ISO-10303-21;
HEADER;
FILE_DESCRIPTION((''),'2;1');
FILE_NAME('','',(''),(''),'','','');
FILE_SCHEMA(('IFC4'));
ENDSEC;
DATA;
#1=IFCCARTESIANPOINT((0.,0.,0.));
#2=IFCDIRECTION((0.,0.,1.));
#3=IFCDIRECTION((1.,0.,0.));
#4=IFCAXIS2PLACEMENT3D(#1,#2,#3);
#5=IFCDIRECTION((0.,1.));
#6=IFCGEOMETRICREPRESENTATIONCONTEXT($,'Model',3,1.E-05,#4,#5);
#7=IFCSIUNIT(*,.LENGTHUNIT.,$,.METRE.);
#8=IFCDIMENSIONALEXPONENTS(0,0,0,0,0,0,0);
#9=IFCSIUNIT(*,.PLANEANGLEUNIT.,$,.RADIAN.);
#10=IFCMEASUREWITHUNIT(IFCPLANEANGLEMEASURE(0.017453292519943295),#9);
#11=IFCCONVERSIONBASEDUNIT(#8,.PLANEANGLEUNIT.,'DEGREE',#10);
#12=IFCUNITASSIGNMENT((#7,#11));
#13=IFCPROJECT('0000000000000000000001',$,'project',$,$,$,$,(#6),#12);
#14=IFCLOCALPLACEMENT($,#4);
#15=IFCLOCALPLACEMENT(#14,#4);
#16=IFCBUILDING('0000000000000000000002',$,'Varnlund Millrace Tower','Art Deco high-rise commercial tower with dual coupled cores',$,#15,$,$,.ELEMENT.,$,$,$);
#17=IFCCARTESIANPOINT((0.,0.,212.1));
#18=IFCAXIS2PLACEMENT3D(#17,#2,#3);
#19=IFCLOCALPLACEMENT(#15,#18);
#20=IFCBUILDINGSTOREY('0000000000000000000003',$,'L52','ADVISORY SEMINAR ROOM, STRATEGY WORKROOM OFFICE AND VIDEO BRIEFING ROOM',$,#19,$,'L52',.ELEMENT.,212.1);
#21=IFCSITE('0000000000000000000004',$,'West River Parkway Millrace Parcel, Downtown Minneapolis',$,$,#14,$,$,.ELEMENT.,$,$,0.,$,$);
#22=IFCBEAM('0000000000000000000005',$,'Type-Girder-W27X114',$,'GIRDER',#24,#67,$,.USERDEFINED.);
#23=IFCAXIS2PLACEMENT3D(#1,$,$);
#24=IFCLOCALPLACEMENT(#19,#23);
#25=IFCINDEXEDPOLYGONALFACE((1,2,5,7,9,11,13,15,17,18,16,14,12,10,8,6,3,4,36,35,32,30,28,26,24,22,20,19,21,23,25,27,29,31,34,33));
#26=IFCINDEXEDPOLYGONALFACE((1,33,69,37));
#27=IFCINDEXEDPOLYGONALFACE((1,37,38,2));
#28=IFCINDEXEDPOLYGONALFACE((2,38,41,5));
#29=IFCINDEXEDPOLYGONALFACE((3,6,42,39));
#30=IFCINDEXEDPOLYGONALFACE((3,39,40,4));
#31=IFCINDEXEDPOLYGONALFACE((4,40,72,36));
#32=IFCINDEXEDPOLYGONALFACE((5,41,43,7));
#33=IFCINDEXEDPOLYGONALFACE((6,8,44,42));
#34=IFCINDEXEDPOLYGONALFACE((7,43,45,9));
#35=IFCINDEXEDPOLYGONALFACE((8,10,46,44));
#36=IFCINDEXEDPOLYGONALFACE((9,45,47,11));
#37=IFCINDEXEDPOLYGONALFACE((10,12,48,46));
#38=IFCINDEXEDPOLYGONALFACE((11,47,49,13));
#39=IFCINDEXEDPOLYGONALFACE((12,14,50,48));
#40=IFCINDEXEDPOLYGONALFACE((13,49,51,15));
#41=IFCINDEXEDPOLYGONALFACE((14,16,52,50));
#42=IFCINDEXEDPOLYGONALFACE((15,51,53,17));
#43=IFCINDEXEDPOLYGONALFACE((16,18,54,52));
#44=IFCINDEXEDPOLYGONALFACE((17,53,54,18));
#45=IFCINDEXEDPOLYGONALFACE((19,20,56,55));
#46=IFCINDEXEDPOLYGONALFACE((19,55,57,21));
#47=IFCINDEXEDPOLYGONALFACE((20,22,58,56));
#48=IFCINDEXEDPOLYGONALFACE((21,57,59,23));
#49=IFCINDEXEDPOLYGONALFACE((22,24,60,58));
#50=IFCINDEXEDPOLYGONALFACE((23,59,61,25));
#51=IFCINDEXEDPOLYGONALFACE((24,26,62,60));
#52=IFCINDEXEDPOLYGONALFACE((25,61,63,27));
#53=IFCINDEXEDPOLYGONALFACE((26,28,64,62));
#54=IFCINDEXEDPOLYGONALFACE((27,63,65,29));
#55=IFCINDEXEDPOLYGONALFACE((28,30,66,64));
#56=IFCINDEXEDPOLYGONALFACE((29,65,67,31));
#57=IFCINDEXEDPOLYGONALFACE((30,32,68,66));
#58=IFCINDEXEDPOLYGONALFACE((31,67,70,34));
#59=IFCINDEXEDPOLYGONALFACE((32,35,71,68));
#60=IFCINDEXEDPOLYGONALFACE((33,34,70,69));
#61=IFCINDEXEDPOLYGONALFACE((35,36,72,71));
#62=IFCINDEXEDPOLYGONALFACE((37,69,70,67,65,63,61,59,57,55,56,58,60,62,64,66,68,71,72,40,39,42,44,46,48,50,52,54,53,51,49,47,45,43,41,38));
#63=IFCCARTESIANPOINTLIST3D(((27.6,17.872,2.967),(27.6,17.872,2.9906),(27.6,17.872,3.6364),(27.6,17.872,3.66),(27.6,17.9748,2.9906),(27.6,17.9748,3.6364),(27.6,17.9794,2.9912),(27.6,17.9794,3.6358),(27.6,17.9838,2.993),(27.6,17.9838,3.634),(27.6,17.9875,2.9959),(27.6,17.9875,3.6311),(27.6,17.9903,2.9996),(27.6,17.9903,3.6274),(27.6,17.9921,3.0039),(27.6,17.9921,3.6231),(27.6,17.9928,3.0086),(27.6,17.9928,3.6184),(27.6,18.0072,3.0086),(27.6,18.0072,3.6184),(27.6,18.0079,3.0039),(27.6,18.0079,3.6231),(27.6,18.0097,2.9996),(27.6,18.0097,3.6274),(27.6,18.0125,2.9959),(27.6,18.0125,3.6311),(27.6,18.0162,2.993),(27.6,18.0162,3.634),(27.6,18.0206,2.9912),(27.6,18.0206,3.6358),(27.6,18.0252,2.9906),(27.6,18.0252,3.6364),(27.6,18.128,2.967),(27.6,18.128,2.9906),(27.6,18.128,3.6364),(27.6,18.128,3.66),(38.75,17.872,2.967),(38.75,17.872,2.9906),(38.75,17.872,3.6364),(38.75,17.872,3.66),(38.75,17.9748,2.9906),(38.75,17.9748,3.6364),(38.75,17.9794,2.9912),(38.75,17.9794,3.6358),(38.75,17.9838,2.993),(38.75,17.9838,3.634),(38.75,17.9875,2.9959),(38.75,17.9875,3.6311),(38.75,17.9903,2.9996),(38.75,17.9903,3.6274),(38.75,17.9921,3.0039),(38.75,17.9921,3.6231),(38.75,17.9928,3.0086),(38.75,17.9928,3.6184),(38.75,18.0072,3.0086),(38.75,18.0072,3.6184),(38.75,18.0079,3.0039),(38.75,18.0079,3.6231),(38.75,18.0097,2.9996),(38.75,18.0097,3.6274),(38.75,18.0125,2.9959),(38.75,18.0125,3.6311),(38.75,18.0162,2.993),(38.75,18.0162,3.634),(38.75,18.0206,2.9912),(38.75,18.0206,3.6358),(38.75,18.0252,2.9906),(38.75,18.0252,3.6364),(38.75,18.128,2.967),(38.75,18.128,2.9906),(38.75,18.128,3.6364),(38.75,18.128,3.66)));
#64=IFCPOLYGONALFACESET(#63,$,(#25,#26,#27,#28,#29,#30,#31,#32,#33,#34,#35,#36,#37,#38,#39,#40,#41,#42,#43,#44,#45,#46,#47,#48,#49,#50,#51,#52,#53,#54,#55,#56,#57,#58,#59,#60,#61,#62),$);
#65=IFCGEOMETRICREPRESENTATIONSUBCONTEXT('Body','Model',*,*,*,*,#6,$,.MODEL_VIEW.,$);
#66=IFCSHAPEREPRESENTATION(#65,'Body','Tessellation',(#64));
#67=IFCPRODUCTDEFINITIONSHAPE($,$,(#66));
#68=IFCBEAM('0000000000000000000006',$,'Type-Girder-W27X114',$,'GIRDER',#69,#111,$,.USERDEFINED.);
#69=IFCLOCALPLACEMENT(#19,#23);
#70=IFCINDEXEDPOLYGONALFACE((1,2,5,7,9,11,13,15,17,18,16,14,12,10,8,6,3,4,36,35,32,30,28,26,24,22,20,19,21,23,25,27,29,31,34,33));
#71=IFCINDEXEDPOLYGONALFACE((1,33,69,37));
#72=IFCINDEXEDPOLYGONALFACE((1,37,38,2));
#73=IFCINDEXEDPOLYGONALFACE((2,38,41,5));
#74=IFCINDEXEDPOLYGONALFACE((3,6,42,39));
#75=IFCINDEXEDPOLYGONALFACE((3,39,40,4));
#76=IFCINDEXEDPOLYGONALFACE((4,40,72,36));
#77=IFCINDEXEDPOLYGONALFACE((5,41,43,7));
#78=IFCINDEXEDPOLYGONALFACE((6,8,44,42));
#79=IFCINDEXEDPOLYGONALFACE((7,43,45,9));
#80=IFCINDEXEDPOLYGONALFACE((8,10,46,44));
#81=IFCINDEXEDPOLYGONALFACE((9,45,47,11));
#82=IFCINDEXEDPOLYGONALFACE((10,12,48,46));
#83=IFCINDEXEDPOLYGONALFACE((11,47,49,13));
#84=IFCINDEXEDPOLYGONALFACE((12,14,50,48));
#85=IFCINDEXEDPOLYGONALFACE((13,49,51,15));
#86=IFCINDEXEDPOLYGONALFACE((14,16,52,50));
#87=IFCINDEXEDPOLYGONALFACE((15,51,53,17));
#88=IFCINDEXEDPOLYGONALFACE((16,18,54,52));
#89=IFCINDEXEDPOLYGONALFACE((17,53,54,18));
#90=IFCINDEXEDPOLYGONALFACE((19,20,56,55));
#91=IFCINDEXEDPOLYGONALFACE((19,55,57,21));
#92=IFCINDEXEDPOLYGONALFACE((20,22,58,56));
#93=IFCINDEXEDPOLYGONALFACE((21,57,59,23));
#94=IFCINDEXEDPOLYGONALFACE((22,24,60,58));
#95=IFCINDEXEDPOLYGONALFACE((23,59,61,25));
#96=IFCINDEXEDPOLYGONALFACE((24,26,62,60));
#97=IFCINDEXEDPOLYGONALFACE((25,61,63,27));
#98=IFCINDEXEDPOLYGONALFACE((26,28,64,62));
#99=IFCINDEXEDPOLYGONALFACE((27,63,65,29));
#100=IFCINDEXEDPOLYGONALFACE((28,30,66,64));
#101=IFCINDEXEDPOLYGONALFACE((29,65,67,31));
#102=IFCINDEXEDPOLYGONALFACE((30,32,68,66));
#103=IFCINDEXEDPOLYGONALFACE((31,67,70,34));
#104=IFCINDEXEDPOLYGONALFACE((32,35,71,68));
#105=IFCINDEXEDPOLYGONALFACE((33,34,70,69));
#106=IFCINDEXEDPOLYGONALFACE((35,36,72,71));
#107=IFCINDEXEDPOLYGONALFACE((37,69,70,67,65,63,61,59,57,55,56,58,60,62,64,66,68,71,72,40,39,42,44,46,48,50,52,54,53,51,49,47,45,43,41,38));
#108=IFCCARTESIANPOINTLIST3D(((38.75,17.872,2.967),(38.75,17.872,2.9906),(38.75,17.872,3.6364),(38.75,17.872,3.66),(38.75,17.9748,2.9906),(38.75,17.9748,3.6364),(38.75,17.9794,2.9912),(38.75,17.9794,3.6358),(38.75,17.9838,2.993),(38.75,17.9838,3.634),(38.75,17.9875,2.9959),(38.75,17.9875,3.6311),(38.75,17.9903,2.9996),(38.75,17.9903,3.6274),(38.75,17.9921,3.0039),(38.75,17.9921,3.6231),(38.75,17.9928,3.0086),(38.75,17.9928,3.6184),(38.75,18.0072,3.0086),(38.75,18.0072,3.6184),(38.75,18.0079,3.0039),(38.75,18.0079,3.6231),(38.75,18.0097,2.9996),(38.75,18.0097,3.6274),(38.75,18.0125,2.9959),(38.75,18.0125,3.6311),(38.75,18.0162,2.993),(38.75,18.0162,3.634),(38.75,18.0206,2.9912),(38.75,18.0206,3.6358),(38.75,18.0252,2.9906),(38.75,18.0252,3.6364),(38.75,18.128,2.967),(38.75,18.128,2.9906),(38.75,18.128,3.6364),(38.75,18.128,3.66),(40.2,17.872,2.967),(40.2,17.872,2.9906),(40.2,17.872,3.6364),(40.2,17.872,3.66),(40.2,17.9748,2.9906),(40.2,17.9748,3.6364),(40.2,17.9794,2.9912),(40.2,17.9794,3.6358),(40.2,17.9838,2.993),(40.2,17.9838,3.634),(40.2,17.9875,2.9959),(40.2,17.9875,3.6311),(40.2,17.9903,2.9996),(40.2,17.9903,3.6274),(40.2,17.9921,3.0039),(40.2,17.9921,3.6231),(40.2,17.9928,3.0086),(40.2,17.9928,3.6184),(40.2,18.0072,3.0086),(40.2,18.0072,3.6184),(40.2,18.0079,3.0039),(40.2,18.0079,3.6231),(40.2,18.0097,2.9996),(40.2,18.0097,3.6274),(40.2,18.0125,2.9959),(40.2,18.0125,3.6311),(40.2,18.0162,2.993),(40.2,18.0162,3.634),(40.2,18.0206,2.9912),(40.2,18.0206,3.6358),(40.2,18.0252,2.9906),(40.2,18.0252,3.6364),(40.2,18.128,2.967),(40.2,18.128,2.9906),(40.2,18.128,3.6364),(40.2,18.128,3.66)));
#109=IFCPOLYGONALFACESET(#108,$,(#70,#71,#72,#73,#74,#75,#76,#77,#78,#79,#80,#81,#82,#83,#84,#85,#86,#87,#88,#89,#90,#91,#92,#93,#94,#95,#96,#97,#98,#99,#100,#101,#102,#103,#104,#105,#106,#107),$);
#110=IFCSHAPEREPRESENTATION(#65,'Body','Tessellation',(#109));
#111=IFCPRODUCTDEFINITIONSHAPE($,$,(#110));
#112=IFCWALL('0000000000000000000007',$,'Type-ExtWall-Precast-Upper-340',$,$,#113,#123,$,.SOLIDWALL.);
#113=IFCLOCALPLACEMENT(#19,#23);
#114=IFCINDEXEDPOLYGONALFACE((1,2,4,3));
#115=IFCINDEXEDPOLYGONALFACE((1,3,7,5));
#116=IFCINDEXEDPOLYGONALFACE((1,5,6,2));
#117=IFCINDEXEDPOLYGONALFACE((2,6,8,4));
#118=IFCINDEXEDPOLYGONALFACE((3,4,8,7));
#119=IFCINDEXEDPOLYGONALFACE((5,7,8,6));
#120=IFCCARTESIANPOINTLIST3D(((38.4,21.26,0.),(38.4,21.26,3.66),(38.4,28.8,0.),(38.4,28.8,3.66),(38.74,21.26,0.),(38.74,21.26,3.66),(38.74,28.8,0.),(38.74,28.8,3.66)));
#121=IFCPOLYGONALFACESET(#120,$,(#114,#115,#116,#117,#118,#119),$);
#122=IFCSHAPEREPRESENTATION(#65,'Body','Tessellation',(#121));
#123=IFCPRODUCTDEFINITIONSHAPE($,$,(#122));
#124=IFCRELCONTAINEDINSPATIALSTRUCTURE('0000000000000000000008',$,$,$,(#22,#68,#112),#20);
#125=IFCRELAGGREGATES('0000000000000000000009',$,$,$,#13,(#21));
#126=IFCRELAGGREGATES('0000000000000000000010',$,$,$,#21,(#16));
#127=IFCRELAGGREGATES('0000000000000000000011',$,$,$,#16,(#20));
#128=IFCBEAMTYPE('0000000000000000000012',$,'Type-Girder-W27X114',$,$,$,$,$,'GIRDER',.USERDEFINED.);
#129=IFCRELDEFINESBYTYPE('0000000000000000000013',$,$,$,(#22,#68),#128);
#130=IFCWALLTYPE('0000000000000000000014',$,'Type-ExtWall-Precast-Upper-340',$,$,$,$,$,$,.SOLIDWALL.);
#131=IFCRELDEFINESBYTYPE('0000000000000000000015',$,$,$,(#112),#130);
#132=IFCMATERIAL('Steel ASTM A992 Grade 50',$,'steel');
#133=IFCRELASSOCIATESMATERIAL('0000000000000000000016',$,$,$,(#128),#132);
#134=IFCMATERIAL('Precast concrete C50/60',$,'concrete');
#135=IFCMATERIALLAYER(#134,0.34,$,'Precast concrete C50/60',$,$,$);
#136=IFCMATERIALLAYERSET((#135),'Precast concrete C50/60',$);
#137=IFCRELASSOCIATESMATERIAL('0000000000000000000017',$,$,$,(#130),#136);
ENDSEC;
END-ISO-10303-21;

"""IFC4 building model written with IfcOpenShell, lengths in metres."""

from ifc_helpers import new_model, entity, si_unit, converted_unit, direction, frame, origin_with_axes, origin_2d_with_axis, place, context, subcontext, project, spatial, polyline, i_section, outline, extrude, material, layer, layer_set, material_profile, profile_set, type_object, element, save


model = new_model("IFC4")

# Units and contexts
model_context = context("Model", 3, precision=1e-05, world=origin_with_axes(), true_north=direction((0.0, 1.0)))
body_context = subcontext(model_context, "Body", "Model", "MODEL_VIEW")
ifc_project = project(units=[si_unit("LENGTHUNIT", "METRE"), converted_unit("PLANEANGLEUNIT", "DEGREE", entity("IfcPlaneAngleMeasure", 0.017453292519943295), si_unit("PLANEANGLEUNIT", "RADIAN"), dimensions=[0, 0, 0, 0, 0, 0, 0])], contexts=[model_context])

# Site, building, storey
site_placement = place(None, origin_with_axes())
site = spatial("IfcSite", under=ifc_project, at=site_placement, Name="West River Parkway Millrace Parcel, Downtown Minneapolis", CompositionType="ELEMENT", RefElevation=0.0)
building_placement = place(site_placement, origin_with_axes())
building = spatial("IfcBuilding", under=site, at=building_placement, Name="Varnlund Millrace Tower", Description="Art Deco high-rise commercial tower with dual coupled cores", CompositionType="ELEMENT")
storey_placement = place(building_placement, frame((0.0, 0.0, 212.1), z_axis=(0.0, 0.0, 1.0), x_axis=(1.0, 0.0, 0.0)))
storey = spatial("IfcBuildingStorey", under=building, at=storey_placement, Name="L52", Description="ADVISORY SEMINAR ROOM, STRATEGY WORKROOM OFFICE AND VIDEO BRIEFING ROOM", LongName="L52", CompositionType="ELEMENT", Elevation=212.1)

# Beams
ifc_material_1 = material(Name="Steel ASTM A992 Grade 50", Category="steel")
ifc_material_profile_1 = material_profile(ifc_material_1, i_section(OverallWidth=0.256, OverallDepth=0.693, WebThickness=0.0145, FlangeThickness=0.0236, FilletRadius=0.018, at=origin_2d_with_axis()), Name="Steel ASTM A992 Grade 50")
ifc_profile_set_1 = profile_set([ifc_material_profile_1], Name="Steel ASTM A992 Grade 50")
beam_type_1 = type_object("IfcBeamType", Name="Type-Girder-W27X114", ElementType="GIRDER", PredefinedType="USERDEFINED", material=ifc_profile_set_1)
beam_1_placement = place(storey_placement, frame((27.6, 18.0, 3.3135), z_axis=(1.0, 0.0, 0.0), x_axis=(0.0, 1.0, 0.0)))
element("IfcBeam", 1, at=beam_1_placement, inside=storey, type_object=beam_type_1, Name="Type-Girder-W27X114", ObjectType="GIRDER", PredefinedType="USERDEFINED", context=body_context, shape_type="SweptSolid", body=[
    extrude(i_section(OverallWidth=0.256, OverallDepth=0.693, WebThickness=0.0145, FlangeThickness=0.0236, FilletRadius=0.018, at=origin_2d_with_axis()), origin_with_axes(), (0.0, 0.0, 1.0), 11.15),
])
beam_2_placement = place(storey_placement, frame((38.75, 18.0, 3.3135), z_axis=(1.0, 0.0, 0.0), x_axis=(0.0, 1.0, 0.0)))
element("IfcBeam", 2, at=beam_2_placement, inside=storey, type_object=beam_type_1, Name="Type-Girder-W27X114", ObjectType="GIRDER", PredefinedType="USERDEFINED", context=body_context, shape_type="SweptSolid", body=[
    extrude(i_section(OverallWidth=0.256, OverallDepth=0.693, WebThickness=0.0145, FlangeThickness=0.0236, FilletRadius=0.018, at=origin_2d_with_axis()), origin_with_axes(), (0.0, 0.0, 1.0), 1.45),
])

# Wall
ifc_material_2 = material(Name="Precast concrete C50/60", Category="concrete")
ifc_layer_1 = layer(ifc_material_2, 0.34, Name="Precast concrete C50/60")
ifc_layer_set_1 = layer_set([ifc_layer_1], Name="Precast concrete C50/60")
wall_type_1 = type_object("IfcWallType", Name="Type-ExtWall-Precast-Upper-340", PredefinedType="SOLIDWALL", material=ifc_layer_set_1)
wall_1_placement = place(storey_placement, frame((38.57, 21.26, 0.0), z_axis=(0.0, 0.0, 1.0), x_axis=(0.0, 1.0, 0.0)))
element("IfcWall", 3, at=wall_1_placement, inside=storey, type_object=wall_type_1, Name="Type-ExtWall-Precast-Upper-340", PredefinedType="SOLIDWALL", context=body_context, shape_type="SweptSolid", body=[
    extrude(outline(polyline([(0.0, -0.17), (7.54, -0.17), (7.54, 0.17), (0.0, 0.17), (0.0, -0.17)])), origin_with_axes(), (0.0, 0.0, 1.0), 3.66),
])

save(model, "model.ifc")
